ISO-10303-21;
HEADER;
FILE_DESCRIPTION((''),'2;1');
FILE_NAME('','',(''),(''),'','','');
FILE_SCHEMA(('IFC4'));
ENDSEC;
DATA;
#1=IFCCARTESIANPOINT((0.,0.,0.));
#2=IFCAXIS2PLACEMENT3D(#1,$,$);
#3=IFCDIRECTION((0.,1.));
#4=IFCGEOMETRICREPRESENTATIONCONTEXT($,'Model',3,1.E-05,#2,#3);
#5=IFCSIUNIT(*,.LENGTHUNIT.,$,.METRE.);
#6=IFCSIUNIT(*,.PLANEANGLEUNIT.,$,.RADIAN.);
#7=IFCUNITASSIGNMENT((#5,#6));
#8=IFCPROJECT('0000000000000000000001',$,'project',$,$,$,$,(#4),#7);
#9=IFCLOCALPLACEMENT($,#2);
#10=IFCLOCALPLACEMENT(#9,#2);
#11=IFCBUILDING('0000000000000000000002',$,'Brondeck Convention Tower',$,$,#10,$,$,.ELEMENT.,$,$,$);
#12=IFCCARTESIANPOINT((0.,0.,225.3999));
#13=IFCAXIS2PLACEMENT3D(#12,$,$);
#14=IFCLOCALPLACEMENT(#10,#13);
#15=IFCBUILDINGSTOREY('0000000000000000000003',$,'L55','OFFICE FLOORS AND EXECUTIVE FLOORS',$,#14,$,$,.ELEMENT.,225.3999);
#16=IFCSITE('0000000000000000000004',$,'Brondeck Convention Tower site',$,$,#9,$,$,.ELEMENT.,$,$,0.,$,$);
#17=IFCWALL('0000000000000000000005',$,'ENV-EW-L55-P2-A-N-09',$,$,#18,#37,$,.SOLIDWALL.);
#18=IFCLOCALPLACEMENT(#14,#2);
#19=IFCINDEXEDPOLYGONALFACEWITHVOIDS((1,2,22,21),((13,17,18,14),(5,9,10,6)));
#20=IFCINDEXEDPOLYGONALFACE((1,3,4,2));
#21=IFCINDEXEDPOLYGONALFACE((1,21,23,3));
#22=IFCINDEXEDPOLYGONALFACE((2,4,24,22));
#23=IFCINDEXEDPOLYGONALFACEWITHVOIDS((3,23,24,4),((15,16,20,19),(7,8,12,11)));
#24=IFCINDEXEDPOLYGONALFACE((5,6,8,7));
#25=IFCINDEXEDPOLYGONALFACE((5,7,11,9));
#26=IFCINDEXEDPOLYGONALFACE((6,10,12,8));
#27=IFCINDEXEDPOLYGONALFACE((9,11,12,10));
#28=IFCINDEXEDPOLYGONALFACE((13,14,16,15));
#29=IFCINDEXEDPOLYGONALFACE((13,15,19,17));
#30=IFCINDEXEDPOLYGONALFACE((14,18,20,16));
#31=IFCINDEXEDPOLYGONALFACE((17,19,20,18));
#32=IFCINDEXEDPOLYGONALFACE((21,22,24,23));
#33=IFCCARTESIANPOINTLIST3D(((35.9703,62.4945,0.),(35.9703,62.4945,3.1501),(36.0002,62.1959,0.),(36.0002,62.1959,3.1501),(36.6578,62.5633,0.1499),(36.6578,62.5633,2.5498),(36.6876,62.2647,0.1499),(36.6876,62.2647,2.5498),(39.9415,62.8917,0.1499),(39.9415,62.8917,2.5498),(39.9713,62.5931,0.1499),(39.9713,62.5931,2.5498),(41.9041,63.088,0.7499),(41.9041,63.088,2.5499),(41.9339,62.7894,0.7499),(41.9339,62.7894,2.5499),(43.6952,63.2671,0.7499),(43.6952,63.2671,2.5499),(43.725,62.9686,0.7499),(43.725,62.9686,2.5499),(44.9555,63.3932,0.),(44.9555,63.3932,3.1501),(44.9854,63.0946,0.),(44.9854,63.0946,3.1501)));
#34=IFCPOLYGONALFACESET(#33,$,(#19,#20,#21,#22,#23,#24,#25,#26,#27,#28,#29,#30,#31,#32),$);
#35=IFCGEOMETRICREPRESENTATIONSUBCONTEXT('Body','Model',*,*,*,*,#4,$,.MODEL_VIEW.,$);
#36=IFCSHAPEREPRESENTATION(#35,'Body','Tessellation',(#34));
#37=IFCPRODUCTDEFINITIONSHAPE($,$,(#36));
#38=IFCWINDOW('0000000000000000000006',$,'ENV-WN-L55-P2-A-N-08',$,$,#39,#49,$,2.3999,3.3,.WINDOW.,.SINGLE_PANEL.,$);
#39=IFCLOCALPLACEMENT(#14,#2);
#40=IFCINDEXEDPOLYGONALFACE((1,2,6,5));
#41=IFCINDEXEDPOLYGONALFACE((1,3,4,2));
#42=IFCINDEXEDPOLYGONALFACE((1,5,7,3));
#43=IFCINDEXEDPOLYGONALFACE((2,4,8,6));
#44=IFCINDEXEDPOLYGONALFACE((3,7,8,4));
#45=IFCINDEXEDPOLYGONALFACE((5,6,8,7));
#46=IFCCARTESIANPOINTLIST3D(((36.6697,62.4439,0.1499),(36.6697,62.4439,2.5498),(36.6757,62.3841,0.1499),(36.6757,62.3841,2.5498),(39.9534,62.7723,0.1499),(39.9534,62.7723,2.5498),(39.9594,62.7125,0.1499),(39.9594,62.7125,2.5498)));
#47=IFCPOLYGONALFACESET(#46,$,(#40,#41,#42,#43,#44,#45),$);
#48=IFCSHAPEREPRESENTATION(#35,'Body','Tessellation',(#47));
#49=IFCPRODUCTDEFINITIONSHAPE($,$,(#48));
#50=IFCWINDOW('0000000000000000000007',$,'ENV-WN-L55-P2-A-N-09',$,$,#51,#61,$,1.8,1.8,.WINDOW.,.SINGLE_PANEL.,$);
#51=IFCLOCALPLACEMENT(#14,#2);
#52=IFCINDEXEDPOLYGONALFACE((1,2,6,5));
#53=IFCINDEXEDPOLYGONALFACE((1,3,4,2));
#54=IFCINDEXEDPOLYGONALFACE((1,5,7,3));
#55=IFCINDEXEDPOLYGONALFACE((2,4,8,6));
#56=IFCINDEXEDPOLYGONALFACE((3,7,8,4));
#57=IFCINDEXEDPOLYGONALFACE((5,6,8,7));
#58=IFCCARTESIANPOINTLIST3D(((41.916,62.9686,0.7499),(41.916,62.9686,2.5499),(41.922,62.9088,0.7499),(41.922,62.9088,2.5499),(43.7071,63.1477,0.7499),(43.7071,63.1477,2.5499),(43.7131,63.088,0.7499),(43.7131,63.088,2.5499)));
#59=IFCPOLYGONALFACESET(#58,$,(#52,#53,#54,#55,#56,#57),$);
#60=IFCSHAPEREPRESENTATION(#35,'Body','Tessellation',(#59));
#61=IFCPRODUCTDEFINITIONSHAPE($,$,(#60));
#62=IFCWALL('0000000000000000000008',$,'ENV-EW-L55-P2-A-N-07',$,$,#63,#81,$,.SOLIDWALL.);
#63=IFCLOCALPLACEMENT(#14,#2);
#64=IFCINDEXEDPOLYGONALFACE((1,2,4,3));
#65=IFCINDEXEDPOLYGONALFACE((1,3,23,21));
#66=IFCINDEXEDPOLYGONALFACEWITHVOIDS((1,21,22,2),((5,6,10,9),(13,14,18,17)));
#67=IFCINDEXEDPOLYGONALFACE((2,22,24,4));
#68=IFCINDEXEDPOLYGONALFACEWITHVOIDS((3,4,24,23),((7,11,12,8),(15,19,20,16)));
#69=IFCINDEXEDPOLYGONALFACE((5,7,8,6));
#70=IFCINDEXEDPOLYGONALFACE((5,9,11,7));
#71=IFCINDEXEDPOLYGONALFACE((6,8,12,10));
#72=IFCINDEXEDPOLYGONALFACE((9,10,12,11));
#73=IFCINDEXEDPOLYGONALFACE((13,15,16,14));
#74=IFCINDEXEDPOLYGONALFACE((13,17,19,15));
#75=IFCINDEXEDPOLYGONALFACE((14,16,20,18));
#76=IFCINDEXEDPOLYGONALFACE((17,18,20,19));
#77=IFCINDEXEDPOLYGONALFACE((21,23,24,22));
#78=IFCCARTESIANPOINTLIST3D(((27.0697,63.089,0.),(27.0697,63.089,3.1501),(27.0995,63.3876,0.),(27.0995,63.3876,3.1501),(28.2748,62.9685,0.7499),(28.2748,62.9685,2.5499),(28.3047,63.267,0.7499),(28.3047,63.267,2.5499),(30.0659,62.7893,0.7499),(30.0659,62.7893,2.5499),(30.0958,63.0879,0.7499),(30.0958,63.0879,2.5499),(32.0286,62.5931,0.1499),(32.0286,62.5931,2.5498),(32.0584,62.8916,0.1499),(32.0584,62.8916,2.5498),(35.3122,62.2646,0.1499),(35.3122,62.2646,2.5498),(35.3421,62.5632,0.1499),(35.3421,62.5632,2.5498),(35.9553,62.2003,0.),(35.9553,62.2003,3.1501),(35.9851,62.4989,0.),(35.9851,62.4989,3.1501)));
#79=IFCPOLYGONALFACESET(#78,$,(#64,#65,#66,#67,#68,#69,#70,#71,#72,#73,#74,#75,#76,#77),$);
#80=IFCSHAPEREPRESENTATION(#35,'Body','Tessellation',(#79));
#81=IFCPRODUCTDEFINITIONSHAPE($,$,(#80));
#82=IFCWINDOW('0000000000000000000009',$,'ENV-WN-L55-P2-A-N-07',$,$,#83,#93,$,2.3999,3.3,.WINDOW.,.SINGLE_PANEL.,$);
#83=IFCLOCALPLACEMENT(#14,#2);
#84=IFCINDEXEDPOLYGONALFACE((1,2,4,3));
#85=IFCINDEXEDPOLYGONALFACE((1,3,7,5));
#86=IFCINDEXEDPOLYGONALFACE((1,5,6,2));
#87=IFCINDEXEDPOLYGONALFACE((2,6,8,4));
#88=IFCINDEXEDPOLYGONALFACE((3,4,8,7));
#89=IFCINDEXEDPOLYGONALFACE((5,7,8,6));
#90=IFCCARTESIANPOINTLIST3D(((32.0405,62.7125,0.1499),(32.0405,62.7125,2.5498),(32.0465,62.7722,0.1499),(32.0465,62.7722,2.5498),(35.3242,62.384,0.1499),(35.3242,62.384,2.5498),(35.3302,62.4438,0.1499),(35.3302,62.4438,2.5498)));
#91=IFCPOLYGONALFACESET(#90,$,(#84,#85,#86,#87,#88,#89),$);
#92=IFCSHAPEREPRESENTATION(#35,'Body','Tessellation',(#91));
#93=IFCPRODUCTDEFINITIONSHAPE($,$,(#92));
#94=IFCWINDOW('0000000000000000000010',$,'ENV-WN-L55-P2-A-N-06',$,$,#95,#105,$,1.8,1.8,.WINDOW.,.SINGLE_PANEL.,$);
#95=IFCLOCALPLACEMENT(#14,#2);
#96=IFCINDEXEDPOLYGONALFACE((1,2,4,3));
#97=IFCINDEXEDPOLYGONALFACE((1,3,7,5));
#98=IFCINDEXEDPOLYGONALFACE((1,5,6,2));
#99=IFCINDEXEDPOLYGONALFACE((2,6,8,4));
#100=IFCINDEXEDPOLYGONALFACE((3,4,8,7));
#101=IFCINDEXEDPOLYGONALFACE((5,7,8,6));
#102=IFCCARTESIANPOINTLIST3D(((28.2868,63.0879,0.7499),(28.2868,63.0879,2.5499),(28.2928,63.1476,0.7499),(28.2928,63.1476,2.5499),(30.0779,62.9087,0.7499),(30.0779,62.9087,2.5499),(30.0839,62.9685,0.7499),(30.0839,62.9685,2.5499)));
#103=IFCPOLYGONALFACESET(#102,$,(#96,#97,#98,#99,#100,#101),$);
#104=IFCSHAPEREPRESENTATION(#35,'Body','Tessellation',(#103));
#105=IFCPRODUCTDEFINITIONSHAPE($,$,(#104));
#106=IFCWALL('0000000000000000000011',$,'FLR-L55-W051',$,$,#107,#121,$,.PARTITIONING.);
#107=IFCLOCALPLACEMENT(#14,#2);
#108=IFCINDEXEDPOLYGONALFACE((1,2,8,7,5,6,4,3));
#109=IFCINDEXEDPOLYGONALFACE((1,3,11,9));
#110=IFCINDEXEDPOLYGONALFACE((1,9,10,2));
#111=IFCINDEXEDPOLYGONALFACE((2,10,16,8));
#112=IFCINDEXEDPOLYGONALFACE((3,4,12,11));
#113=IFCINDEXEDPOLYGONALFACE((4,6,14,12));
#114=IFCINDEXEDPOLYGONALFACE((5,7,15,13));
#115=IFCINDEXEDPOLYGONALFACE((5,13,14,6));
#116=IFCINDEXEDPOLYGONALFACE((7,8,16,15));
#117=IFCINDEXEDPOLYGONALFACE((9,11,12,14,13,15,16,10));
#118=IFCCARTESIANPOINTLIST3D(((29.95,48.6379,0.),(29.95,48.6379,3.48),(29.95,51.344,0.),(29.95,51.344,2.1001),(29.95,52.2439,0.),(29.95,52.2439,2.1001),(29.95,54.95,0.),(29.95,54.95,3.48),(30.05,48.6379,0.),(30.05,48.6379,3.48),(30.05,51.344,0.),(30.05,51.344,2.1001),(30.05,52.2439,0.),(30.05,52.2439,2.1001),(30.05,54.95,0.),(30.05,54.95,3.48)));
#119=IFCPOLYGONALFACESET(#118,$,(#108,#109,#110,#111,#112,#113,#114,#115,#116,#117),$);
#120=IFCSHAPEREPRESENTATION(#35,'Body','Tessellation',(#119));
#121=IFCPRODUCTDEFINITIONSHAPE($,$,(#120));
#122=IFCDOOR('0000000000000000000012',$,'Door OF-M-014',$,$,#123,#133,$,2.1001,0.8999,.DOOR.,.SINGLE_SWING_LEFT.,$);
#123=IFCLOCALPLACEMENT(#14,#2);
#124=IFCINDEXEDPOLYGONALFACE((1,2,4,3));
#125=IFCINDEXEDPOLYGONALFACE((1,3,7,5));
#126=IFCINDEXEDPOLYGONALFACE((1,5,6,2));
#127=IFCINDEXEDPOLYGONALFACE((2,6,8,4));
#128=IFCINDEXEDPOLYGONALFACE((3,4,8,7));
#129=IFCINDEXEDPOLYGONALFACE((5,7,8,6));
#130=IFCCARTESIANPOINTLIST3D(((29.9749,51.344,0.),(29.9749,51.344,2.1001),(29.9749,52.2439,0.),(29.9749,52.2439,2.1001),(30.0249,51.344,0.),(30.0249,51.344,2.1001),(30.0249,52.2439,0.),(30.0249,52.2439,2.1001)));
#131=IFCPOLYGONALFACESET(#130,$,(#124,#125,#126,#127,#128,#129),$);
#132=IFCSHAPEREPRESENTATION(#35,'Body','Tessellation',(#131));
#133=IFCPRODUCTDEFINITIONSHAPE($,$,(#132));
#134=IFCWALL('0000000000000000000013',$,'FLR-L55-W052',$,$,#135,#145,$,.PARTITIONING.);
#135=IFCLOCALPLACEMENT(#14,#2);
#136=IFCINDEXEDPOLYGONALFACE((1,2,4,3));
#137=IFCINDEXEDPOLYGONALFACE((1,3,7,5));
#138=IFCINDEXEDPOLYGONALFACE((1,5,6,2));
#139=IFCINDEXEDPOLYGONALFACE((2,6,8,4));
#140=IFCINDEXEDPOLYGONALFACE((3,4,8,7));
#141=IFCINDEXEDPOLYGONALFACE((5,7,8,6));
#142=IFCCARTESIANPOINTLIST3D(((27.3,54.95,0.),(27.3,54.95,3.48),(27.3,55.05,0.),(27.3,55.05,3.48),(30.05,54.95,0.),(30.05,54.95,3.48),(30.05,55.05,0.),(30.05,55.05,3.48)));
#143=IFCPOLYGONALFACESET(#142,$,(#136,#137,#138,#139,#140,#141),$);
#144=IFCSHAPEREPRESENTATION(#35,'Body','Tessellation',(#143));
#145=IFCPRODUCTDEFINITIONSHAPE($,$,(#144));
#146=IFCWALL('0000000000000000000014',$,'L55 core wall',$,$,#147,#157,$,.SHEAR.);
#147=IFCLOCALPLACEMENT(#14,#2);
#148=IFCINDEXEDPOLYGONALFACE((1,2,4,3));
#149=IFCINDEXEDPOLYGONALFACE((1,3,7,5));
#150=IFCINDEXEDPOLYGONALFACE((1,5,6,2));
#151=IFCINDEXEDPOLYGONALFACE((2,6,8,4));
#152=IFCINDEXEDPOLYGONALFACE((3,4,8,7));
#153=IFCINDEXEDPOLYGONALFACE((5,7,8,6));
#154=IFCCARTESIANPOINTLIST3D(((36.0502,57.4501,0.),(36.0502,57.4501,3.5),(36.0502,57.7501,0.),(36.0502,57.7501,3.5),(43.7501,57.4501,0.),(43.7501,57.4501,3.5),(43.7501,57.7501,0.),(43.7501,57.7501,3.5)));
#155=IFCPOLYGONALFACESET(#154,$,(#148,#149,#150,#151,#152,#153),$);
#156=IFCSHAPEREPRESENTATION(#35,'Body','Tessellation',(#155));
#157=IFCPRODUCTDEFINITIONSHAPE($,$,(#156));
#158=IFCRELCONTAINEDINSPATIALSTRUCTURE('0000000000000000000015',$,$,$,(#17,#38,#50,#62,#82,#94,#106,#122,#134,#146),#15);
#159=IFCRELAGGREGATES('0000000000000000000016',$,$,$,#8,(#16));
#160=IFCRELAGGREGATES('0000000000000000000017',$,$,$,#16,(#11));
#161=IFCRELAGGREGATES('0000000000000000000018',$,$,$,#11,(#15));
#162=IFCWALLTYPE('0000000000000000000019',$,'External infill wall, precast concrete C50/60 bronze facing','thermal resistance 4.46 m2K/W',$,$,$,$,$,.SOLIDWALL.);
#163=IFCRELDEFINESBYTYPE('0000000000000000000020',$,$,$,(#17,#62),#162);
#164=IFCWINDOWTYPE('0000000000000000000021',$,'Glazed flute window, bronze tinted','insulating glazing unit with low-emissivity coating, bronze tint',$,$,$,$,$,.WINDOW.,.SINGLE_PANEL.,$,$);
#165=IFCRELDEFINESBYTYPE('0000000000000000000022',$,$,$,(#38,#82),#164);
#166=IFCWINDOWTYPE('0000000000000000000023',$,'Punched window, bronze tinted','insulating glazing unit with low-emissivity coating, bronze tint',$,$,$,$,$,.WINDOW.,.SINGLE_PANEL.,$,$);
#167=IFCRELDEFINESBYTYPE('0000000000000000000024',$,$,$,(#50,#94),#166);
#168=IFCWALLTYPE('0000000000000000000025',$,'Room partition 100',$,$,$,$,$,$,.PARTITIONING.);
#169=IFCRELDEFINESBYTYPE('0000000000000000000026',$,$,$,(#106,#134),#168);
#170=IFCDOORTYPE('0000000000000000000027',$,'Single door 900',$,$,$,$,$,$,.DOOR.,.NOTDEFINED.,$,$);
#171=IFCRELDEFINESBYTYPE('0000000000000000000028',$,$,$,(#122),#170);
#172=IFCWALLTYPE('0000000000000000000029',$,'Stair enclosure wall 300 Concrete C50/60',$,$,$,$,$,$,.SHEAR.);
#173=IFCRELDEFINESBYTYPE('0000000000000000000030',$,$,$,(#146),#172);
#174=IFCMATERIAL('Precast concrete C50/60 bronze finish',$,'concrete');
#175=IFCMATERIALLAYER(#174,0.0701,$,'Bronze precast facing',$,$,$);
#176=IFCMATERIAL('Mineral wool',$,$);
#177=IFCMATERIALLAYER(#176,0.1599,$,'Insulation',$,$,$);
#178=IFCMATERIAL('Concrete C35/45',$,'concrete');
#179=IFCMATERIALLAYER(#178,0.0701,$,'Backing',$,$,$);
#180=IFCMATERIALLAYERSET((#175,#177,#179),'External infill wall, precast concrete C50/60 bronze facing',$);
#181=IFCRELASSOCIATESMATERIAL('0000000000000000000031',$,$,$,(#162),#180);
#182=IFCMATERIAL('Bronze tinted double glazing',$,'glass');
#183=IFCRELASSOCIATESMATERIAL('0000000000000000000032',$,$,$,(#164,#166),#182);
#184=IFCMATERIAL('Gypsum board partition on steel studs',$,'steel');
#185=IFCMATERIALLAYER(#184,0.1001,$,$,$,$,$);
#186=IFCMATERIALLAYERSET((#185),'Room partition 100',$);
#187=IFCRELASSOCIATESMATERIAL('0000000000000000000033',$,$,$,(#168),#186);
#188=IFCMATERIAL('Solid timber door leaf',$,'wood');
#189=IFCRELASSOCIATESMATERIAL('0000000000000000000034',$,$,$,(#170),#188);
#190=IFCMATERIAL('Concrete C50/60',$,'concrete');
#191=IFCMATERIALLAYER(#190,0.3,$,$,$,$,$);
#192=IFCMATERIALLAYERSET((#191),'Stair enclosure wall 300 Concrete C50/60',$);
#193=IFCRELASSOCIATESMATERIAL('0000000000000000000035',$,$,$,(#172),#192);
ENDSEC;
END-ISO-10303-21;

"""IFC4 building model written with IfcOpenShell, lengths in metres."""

from ifc_helpers import new_model, si_unit, direction, frame, frame_2d, origin, place, context, subcontext, project, spatial, rectangle, extrude, material, layer, layer_set, type_object, element, fill, save


model = new_model("IFC4")

# Units and contexts
model_context = context("Model", 3, precision=1e-05, world=origin(), true_north=direction((0.0, 1.0)))
body_context = subcontext(model_context, "Body", "Model", "MODEL_VIEW")
ifc_project = project(units=[si_unit("LENGTHUNIT", "METRE"), si_unit("PLANEANGLEUNIT", "RADIAN")], contexts=[model_context])

# Site, building, storey
site_placement = place(None, origin())
site = spatial("IfcSite", under=ifc_project, at=site_placement, Name="Brondeck Convention Tower site", CompositionType="ELEMENT", RefElevation=0.0)
building_placement = place(site_placement, origin())
building = spatial("IfcBuilding", under=site, at=building_placement, Name="Brondeck Convention Tower", CompositionType="ELEMENT")
storey_placement = place(building_placement, frame((0.0, 0.0, 225.3999)))
storey = spatial("IfcBuildingStorey", under=building, at=storey_placement, Name="L55", Description="OFFICE FLOORS AND EXECUTIVE FLOORS", CompositionType="ELEMENT", Elevation=225.3999)

# Shared definitions
ifc_material_1 = material(Name="Concrete C50/60", Category="concrete")

# Walls, openings, windows
ifc_material_2 = material(Name="Precast concrete C50/60 bronze finish", Category="concrete")
ifc_layer_1 = layer(ifc_material_2, 0.0701, Name="Bronze precast facing")
ifc_material_3 = material(Name="Mineral wool")
ifc_layer_2 = layer(ifc_material_3, 0.1599, Name="Insulation")
ifc_material_4 = material(Name="Concrete C35/45", Category="concrete")
ifc_layer_3 = layer(ifc_material_4, 0.0701, Name="Backing")
ifc_layer_set_1 = layer_set([ifc_layer_1, ifc_layer_2, ifc_layer_3], Name="External infill wall, precast concrete C50/60 bronze facing")
wall_type_1 = type_object("IfcWallType", Name="External infill wall, precast concrete C50/60 bronze facing", Description="thermal resistance 4.46 m2K/W", PredefinedType="SOLIDWALL", material=ifc_layer_set_1)
wall_1_placement = place(storey_placement, frame((35.9851, 62.3452, 0.0), z_axis=(0.0, 0.0, 1.0), x_axis=(0.995035, 0.099522, 0.0)))
wall_1 = element("IfcWall", 1, at=wall_1_placement, inside=storey, type_object=wall_type_1, Name="ENV-EW-L55-P2-A-N-09", PredefinedType="SOLIDWALL", context=body_context, shape_type="SweptSolid", body=[
    extrude(rectangle(XDim=9.03, YDim=0.3, at=frame_2d((4.5151, 0.0))), origin(), (0.0, 0.0, 1.0), 3.1501),
])
opening_1_placement = place(wall_1_placement, frame((0.6912, 0.0, 0.1499)))
opening_1 = element("IfcOpeningElement", 2, at=opening_1_placement, cuts=wall_1, PredefinedType="OPENING", context=body_context, shape_type="SweptSolid", body=[
    extrude(rectangle(XDim=3.3, YDim=2.3999, at=frame_2d((1.6499, 1.2))), frame((0.0, 0.1599, 0.0), z_axis=(0.0, -1.0, 0.0), x_axis=(1.0, 0.0, 0.0)), (0.0, 0.0, 1.0), 0.3201),
])
opening_2_placement = place(wall_1_placement, frame((5.9636, 0.0, 0.75)))
opening_2 = element("IfcOpeningElement", 3, at=opening_2_placement, cuts=wall_1, PredefinedType="OPENING", context=body_context, shape_type="SweptSolid", body=[
    extrude(rectangle(XDim=1.8, YDim=1.8, at=frame_2d((0.8999, 0.8999))), frame((0.0, 0.1599, 0.0), z_axis=(0.0, -1.0, 0.0), x_axis=(1.0, 0.0, 0.0)), (0.0, 0.0, 1.0), 0.3201),
])
ifc_material_5 = material(Name="Bronze tinted double glazing", Category="glass")
window_type_1 = type_object("IfcWindowType", Name="Glazed flute window, bronze tinted", Description="insulating glazing unit with low-emissivity coating, bronze tint", PartitioningType="SINGLE_PANEL", PredefinedType="WINDOW", material=ifc_material_5)
window_1_placement = place(opening_1_placement, origin())
window_1 = element("IfcWindow", 4, at=window_1_placement, inside=storey, type_object=window_type_1, Name="ENV-WN-L55-P2-A-N-08", OverallHeight=2.3999, OverallWidth=3.3, PartitioningType="SINGLE_PANEL", PredefinedType="WINDOW", context=body_context, shape_type="SweptSolid", body=[
    extrude(rectangle(XDim=3.3, YDim=2.3999, at=frame_2d((1.6499, 1.2))), frame((0.0, 0.03, 0.0), z_axis=(0.0, -1.0, 0.0), x_axis=(1.0, 0.0, 0.0)), (0.0, 0.0, 1.0), 0.0601),
])
fill(opening_1, window_1)
window_type_2 = type_object("IfcWindowType", Name="Punched window, bronze tinted", Description="insulating glazing unit with low-emissivity coating, bronze tint", PartitioningType="SINGLE_PANEL", PredefinedType="WINDOW", material=ifc_material_5)
window_2_placement = place(opening_2_placement, origin())
window_2 = element("IfcWindow", 5, at=window_2_placement, inside=storey, type_object=window_type_2, Name="ENV-WN-L55-P2-A-N-09", OverallHeight=1.8, OverallWidth=1.8, PartitioningType="SINGLE_PANEL", PredefinedType="WINDOW", context=body_context, shape_type="SweptSolid", body=[
    extrude(rectangle(XDim=1.8, YDim=1.8, at=frame_2d((0.8999, 0.8999))), frame((0.0, 0.03, 0.0), z_axis=(0.0, -1.0, 0.0), x_axis=(1.0, 0.0, 0.0)), (0.0, 0.0, 1.0), 0.0601),
])
fill(opening_2, window_2)
wall_2_placement = place(storey_placement, frame((27.0847, 63.2383, 0.0), z_axis=(0.0, 0.0, 1.0), x_axis=(0.995036, -0.099517, 0.0)))
wall_2 = element("IfcWall", 6, at=wall_2_placement, inside=storey, type_object=wall_type_1, Name="ENV-EW-L55-P2-A-N-07", PredefinedType="SOLIDWALL", context=body_context, shape_type="SweptSolid", body=[
    extrude(rectangle(XDim=8.9299, YDim=0.3, at=frame_2d((4.4648, 0.0))), origin(), (0.0, 0.0, 1.0), 3.1501),
])
opening_3_placement = place(wall_2_placement, frame((1.2112, 0.0, 0.75)))
opening_3 = element("IfcOpeningElement", 7, at=opening_3_placement, cuts=wall_2, PredefinedType="OPENING", context=body_context, shape_type="SweptSolid", body=[
    extrude(rectangle(XDim=1.8, YDim=1.8, at=frame_2d((0.8999, 0.8999))), frame((0.0, 0.1599, 0.0), z_axis=(0.0, -1.0, 0.0), x_axis=(1.0, 0.0, 0.0)), (0.0, 0.0, 1.0), 0.3201),
])
opening_4_placement = place(wall_2_placement, frame((4.9836, 0.0, 0.1499)))
opening_4 = element("IfcOpeningElement", 8, at=opening_4_placement, cuts=wall_2, PredefinedType="OPENING", context=body_context, shape_type="SweptSolid", body=[
    extrude(rectangle(XDim=3.3, YDim=2.3999, at=frame_2d((1.6499, 1.2))), frame((0.0, 0.1599, 0.0), z_axis=(0.0, -1.0, 0.0), x_axis=(1.0, 0.0, 0.0)), (0.0, 0.0, 1.0), 0.3201),
])
window_3_placement = place(opening_4_placement, origin())
window_3 = element("IfcWindow", 9, at=window_3_placement, inside=storey, type_object=window_type_1, Name="ENV-WN-L55-P2-A-N-07", OverallHeight=2.3999, OverallWidth=3.3, PartitioningType="SINGLE_PANEL", PredefinedType="WINDOW", context=body_context, shape_type="SweptSolid", body=[
    extrude(rectangle(XDim=3.3, YDim=2.3999, at=frame_2d((1.6499, 1.2))), frame((0.0, 0.03, 0.0), z_axis=(0.0, -1.0, 0.0), x_axis=(1.0, 0.0, 0.0)), (0.0, 0.0, 1.0), 0.0601),
])
fill(opening_4, window_3)
window_4_placement = place(opening_3_placement, origin())
window_4 = element("IfcWindow", 10, at=window_4_placement, inside=storey, type_object=window_type_2, Name="ENV-WN-L55-P2-A-N-06", OverallHeight=1.8, OverallWidth=1.8, PartitioningType="SINGLE_PANEL", PredefinedType="WINDOW", context=body_context, shape_type="SweptSolid", body=[
    extrude(rectangle(XDim=1.8, YDim=1.8, at=frame_2d((0.8999, 0.8999))), frame((0.0, 0.03, 0.0), z_axis=(0.0, -1.0, 0.0), x_axis=(1.0, 0.0, 0.0)), (0.0, 0.0, 1.0), 0.0601),
])
fill(opening_3, window_4)

# Wall, opening, door
ifc_material_6 = material(Name="Gypsum board partition on steel studs", Category="steel")
ifc_layer_4 = layer(ifc_material_6, 0.1001)
ifc_layer_set_2 = layer_set([ifc_layer_4], Name="Room partition 100")
wall_type_2 = type_object("IfcWallType", Name="Room partition 100", PredefinedType="PARTITIONING", material=ifc_layer_set_2)
wall_3_placement = place(storey_placement, frame((30.0, 54.95, 0.0), z_axis=(0.0, 0.0, 1.0), x_axis=(0.0, -1.0, 0.0)))
wall_3 = element("IfcWall", 11, at=wall_3_placement, inside=storey, type_object=wall_type_2, Name="FLR-L55-W051", PredefinedType="PARTITIONING", context=body_context, shape_type="SweptSolid", body=[
    extrude(rectangle(XDim=6.312, YDim=0.1001, at=frame_2d((3.156, 0.0))), origin(), (0.0, 0.0, 1.0), 3.48),
])
opening_5_placement = place(wall_3_placement, frame((2.7061, 0.0, 0.0)))
opening_5 = element("IfcOpeningElement", 12, at=opening_5_placement, cuts=wall_3, PredefinedType="OPENING", context=body_context, shape_type="SweptSolid", body=[
    extrude(rectangle(XDim=0.8999, YDim=2.1001, at=frame_2d((0.45, 1.05))), frame((0.0, 0.0601, 0.0), z_axis=(0.0, -1.0, 0.0), x_axis=(1.0, 0.0, 0.0)), (0.0, 0.0, 1.0), 0.1201),
])
ifc_material_7 = material(Name="Solid timber door leaf", Category="wood")
door_type = type_object("IfcDoorType", Name="Single door 900", OperationType="NOTDEFINED", PredefinedType="DOOR", material=ifc_material_7)
door_placement = place(opening_5_placement, origin())
door = element("IfcDoor", 13, at=door_placement, inside=storey, type_object=door_type, Name="Door OF-M-014", OperationType="SINGLE_SWING_LEFT", OverallHeight=2.1001, OverallWidth=0.8999, PredefinedType="DOOR", context=body_context, shape_type="SweptSolid", body=[
    extrude(rectangle(XDim=0.8999, YDim=2.1001, at=frame_2d((0.45, 1.05))), frame((0.0, 0.0249, 0.0), z_axis=(0.0, -1.0, 0.0), x_axis=(1.0, 0.0, 0.0)), (0.0, 0.0, 1.0), 0.05),
])
fill(opening_5, door)

# Walls
wall_4_placement = place(storey_placement, frame((27.3, 55.0, 0.0), z_axis=(0.0, 0.0, 1.0), x_axis=(1.0, 0.0, 0.0)))
element("IfcWall", 14, at=wall_4_placement, inside=storey, type_object=wall_type_2, Name="FLR-L55-W052", PredefinedType="PARTITIONING", context=body_context, shape_type="SweptSolid", body=[
    extrude(rectangle(XDim=2.75, YDim=0.1001, at=frame_2d((1.375, 0.0))), origin(), (0.0, 0.0, 1.0), 3.48),
])
ifc_layer_5 = layer(ifc_material_1, 0.3)
ifc_layer_set_3 = layer_set([ifc_layer_5], Name="Stair enclosure wall 300 Concrete C50/60")
wall_type_3 = type_object("IfcWallType", Name="Stair enclosure wall 300 Concrete C50/60", PredefinedType="SHEAR", material=ifc_layer_set_3)
wall_5_placement = place(storey_placement, frame((36.05, 57.6001, 0.0), z_axis=(0.0, 0.0, 1.0), x_axis=(1.0, 0.0, 0.0)))
element("IfcWall", 15, at=wall_5_placement, inside=storey, type_object=wall_type_3, Name="L55 core wall", PredefinedType="SHEAR", context=body_context, shape_type="SweptSolid", body=[
    extrude(rectangle(XDim=7.7, YDim=0.3, at=frame_2d((3.8501, 0.0))), origin(), (0.0, 0.0, 1.0), 3.5),
])

save(model, "model.ifc")
